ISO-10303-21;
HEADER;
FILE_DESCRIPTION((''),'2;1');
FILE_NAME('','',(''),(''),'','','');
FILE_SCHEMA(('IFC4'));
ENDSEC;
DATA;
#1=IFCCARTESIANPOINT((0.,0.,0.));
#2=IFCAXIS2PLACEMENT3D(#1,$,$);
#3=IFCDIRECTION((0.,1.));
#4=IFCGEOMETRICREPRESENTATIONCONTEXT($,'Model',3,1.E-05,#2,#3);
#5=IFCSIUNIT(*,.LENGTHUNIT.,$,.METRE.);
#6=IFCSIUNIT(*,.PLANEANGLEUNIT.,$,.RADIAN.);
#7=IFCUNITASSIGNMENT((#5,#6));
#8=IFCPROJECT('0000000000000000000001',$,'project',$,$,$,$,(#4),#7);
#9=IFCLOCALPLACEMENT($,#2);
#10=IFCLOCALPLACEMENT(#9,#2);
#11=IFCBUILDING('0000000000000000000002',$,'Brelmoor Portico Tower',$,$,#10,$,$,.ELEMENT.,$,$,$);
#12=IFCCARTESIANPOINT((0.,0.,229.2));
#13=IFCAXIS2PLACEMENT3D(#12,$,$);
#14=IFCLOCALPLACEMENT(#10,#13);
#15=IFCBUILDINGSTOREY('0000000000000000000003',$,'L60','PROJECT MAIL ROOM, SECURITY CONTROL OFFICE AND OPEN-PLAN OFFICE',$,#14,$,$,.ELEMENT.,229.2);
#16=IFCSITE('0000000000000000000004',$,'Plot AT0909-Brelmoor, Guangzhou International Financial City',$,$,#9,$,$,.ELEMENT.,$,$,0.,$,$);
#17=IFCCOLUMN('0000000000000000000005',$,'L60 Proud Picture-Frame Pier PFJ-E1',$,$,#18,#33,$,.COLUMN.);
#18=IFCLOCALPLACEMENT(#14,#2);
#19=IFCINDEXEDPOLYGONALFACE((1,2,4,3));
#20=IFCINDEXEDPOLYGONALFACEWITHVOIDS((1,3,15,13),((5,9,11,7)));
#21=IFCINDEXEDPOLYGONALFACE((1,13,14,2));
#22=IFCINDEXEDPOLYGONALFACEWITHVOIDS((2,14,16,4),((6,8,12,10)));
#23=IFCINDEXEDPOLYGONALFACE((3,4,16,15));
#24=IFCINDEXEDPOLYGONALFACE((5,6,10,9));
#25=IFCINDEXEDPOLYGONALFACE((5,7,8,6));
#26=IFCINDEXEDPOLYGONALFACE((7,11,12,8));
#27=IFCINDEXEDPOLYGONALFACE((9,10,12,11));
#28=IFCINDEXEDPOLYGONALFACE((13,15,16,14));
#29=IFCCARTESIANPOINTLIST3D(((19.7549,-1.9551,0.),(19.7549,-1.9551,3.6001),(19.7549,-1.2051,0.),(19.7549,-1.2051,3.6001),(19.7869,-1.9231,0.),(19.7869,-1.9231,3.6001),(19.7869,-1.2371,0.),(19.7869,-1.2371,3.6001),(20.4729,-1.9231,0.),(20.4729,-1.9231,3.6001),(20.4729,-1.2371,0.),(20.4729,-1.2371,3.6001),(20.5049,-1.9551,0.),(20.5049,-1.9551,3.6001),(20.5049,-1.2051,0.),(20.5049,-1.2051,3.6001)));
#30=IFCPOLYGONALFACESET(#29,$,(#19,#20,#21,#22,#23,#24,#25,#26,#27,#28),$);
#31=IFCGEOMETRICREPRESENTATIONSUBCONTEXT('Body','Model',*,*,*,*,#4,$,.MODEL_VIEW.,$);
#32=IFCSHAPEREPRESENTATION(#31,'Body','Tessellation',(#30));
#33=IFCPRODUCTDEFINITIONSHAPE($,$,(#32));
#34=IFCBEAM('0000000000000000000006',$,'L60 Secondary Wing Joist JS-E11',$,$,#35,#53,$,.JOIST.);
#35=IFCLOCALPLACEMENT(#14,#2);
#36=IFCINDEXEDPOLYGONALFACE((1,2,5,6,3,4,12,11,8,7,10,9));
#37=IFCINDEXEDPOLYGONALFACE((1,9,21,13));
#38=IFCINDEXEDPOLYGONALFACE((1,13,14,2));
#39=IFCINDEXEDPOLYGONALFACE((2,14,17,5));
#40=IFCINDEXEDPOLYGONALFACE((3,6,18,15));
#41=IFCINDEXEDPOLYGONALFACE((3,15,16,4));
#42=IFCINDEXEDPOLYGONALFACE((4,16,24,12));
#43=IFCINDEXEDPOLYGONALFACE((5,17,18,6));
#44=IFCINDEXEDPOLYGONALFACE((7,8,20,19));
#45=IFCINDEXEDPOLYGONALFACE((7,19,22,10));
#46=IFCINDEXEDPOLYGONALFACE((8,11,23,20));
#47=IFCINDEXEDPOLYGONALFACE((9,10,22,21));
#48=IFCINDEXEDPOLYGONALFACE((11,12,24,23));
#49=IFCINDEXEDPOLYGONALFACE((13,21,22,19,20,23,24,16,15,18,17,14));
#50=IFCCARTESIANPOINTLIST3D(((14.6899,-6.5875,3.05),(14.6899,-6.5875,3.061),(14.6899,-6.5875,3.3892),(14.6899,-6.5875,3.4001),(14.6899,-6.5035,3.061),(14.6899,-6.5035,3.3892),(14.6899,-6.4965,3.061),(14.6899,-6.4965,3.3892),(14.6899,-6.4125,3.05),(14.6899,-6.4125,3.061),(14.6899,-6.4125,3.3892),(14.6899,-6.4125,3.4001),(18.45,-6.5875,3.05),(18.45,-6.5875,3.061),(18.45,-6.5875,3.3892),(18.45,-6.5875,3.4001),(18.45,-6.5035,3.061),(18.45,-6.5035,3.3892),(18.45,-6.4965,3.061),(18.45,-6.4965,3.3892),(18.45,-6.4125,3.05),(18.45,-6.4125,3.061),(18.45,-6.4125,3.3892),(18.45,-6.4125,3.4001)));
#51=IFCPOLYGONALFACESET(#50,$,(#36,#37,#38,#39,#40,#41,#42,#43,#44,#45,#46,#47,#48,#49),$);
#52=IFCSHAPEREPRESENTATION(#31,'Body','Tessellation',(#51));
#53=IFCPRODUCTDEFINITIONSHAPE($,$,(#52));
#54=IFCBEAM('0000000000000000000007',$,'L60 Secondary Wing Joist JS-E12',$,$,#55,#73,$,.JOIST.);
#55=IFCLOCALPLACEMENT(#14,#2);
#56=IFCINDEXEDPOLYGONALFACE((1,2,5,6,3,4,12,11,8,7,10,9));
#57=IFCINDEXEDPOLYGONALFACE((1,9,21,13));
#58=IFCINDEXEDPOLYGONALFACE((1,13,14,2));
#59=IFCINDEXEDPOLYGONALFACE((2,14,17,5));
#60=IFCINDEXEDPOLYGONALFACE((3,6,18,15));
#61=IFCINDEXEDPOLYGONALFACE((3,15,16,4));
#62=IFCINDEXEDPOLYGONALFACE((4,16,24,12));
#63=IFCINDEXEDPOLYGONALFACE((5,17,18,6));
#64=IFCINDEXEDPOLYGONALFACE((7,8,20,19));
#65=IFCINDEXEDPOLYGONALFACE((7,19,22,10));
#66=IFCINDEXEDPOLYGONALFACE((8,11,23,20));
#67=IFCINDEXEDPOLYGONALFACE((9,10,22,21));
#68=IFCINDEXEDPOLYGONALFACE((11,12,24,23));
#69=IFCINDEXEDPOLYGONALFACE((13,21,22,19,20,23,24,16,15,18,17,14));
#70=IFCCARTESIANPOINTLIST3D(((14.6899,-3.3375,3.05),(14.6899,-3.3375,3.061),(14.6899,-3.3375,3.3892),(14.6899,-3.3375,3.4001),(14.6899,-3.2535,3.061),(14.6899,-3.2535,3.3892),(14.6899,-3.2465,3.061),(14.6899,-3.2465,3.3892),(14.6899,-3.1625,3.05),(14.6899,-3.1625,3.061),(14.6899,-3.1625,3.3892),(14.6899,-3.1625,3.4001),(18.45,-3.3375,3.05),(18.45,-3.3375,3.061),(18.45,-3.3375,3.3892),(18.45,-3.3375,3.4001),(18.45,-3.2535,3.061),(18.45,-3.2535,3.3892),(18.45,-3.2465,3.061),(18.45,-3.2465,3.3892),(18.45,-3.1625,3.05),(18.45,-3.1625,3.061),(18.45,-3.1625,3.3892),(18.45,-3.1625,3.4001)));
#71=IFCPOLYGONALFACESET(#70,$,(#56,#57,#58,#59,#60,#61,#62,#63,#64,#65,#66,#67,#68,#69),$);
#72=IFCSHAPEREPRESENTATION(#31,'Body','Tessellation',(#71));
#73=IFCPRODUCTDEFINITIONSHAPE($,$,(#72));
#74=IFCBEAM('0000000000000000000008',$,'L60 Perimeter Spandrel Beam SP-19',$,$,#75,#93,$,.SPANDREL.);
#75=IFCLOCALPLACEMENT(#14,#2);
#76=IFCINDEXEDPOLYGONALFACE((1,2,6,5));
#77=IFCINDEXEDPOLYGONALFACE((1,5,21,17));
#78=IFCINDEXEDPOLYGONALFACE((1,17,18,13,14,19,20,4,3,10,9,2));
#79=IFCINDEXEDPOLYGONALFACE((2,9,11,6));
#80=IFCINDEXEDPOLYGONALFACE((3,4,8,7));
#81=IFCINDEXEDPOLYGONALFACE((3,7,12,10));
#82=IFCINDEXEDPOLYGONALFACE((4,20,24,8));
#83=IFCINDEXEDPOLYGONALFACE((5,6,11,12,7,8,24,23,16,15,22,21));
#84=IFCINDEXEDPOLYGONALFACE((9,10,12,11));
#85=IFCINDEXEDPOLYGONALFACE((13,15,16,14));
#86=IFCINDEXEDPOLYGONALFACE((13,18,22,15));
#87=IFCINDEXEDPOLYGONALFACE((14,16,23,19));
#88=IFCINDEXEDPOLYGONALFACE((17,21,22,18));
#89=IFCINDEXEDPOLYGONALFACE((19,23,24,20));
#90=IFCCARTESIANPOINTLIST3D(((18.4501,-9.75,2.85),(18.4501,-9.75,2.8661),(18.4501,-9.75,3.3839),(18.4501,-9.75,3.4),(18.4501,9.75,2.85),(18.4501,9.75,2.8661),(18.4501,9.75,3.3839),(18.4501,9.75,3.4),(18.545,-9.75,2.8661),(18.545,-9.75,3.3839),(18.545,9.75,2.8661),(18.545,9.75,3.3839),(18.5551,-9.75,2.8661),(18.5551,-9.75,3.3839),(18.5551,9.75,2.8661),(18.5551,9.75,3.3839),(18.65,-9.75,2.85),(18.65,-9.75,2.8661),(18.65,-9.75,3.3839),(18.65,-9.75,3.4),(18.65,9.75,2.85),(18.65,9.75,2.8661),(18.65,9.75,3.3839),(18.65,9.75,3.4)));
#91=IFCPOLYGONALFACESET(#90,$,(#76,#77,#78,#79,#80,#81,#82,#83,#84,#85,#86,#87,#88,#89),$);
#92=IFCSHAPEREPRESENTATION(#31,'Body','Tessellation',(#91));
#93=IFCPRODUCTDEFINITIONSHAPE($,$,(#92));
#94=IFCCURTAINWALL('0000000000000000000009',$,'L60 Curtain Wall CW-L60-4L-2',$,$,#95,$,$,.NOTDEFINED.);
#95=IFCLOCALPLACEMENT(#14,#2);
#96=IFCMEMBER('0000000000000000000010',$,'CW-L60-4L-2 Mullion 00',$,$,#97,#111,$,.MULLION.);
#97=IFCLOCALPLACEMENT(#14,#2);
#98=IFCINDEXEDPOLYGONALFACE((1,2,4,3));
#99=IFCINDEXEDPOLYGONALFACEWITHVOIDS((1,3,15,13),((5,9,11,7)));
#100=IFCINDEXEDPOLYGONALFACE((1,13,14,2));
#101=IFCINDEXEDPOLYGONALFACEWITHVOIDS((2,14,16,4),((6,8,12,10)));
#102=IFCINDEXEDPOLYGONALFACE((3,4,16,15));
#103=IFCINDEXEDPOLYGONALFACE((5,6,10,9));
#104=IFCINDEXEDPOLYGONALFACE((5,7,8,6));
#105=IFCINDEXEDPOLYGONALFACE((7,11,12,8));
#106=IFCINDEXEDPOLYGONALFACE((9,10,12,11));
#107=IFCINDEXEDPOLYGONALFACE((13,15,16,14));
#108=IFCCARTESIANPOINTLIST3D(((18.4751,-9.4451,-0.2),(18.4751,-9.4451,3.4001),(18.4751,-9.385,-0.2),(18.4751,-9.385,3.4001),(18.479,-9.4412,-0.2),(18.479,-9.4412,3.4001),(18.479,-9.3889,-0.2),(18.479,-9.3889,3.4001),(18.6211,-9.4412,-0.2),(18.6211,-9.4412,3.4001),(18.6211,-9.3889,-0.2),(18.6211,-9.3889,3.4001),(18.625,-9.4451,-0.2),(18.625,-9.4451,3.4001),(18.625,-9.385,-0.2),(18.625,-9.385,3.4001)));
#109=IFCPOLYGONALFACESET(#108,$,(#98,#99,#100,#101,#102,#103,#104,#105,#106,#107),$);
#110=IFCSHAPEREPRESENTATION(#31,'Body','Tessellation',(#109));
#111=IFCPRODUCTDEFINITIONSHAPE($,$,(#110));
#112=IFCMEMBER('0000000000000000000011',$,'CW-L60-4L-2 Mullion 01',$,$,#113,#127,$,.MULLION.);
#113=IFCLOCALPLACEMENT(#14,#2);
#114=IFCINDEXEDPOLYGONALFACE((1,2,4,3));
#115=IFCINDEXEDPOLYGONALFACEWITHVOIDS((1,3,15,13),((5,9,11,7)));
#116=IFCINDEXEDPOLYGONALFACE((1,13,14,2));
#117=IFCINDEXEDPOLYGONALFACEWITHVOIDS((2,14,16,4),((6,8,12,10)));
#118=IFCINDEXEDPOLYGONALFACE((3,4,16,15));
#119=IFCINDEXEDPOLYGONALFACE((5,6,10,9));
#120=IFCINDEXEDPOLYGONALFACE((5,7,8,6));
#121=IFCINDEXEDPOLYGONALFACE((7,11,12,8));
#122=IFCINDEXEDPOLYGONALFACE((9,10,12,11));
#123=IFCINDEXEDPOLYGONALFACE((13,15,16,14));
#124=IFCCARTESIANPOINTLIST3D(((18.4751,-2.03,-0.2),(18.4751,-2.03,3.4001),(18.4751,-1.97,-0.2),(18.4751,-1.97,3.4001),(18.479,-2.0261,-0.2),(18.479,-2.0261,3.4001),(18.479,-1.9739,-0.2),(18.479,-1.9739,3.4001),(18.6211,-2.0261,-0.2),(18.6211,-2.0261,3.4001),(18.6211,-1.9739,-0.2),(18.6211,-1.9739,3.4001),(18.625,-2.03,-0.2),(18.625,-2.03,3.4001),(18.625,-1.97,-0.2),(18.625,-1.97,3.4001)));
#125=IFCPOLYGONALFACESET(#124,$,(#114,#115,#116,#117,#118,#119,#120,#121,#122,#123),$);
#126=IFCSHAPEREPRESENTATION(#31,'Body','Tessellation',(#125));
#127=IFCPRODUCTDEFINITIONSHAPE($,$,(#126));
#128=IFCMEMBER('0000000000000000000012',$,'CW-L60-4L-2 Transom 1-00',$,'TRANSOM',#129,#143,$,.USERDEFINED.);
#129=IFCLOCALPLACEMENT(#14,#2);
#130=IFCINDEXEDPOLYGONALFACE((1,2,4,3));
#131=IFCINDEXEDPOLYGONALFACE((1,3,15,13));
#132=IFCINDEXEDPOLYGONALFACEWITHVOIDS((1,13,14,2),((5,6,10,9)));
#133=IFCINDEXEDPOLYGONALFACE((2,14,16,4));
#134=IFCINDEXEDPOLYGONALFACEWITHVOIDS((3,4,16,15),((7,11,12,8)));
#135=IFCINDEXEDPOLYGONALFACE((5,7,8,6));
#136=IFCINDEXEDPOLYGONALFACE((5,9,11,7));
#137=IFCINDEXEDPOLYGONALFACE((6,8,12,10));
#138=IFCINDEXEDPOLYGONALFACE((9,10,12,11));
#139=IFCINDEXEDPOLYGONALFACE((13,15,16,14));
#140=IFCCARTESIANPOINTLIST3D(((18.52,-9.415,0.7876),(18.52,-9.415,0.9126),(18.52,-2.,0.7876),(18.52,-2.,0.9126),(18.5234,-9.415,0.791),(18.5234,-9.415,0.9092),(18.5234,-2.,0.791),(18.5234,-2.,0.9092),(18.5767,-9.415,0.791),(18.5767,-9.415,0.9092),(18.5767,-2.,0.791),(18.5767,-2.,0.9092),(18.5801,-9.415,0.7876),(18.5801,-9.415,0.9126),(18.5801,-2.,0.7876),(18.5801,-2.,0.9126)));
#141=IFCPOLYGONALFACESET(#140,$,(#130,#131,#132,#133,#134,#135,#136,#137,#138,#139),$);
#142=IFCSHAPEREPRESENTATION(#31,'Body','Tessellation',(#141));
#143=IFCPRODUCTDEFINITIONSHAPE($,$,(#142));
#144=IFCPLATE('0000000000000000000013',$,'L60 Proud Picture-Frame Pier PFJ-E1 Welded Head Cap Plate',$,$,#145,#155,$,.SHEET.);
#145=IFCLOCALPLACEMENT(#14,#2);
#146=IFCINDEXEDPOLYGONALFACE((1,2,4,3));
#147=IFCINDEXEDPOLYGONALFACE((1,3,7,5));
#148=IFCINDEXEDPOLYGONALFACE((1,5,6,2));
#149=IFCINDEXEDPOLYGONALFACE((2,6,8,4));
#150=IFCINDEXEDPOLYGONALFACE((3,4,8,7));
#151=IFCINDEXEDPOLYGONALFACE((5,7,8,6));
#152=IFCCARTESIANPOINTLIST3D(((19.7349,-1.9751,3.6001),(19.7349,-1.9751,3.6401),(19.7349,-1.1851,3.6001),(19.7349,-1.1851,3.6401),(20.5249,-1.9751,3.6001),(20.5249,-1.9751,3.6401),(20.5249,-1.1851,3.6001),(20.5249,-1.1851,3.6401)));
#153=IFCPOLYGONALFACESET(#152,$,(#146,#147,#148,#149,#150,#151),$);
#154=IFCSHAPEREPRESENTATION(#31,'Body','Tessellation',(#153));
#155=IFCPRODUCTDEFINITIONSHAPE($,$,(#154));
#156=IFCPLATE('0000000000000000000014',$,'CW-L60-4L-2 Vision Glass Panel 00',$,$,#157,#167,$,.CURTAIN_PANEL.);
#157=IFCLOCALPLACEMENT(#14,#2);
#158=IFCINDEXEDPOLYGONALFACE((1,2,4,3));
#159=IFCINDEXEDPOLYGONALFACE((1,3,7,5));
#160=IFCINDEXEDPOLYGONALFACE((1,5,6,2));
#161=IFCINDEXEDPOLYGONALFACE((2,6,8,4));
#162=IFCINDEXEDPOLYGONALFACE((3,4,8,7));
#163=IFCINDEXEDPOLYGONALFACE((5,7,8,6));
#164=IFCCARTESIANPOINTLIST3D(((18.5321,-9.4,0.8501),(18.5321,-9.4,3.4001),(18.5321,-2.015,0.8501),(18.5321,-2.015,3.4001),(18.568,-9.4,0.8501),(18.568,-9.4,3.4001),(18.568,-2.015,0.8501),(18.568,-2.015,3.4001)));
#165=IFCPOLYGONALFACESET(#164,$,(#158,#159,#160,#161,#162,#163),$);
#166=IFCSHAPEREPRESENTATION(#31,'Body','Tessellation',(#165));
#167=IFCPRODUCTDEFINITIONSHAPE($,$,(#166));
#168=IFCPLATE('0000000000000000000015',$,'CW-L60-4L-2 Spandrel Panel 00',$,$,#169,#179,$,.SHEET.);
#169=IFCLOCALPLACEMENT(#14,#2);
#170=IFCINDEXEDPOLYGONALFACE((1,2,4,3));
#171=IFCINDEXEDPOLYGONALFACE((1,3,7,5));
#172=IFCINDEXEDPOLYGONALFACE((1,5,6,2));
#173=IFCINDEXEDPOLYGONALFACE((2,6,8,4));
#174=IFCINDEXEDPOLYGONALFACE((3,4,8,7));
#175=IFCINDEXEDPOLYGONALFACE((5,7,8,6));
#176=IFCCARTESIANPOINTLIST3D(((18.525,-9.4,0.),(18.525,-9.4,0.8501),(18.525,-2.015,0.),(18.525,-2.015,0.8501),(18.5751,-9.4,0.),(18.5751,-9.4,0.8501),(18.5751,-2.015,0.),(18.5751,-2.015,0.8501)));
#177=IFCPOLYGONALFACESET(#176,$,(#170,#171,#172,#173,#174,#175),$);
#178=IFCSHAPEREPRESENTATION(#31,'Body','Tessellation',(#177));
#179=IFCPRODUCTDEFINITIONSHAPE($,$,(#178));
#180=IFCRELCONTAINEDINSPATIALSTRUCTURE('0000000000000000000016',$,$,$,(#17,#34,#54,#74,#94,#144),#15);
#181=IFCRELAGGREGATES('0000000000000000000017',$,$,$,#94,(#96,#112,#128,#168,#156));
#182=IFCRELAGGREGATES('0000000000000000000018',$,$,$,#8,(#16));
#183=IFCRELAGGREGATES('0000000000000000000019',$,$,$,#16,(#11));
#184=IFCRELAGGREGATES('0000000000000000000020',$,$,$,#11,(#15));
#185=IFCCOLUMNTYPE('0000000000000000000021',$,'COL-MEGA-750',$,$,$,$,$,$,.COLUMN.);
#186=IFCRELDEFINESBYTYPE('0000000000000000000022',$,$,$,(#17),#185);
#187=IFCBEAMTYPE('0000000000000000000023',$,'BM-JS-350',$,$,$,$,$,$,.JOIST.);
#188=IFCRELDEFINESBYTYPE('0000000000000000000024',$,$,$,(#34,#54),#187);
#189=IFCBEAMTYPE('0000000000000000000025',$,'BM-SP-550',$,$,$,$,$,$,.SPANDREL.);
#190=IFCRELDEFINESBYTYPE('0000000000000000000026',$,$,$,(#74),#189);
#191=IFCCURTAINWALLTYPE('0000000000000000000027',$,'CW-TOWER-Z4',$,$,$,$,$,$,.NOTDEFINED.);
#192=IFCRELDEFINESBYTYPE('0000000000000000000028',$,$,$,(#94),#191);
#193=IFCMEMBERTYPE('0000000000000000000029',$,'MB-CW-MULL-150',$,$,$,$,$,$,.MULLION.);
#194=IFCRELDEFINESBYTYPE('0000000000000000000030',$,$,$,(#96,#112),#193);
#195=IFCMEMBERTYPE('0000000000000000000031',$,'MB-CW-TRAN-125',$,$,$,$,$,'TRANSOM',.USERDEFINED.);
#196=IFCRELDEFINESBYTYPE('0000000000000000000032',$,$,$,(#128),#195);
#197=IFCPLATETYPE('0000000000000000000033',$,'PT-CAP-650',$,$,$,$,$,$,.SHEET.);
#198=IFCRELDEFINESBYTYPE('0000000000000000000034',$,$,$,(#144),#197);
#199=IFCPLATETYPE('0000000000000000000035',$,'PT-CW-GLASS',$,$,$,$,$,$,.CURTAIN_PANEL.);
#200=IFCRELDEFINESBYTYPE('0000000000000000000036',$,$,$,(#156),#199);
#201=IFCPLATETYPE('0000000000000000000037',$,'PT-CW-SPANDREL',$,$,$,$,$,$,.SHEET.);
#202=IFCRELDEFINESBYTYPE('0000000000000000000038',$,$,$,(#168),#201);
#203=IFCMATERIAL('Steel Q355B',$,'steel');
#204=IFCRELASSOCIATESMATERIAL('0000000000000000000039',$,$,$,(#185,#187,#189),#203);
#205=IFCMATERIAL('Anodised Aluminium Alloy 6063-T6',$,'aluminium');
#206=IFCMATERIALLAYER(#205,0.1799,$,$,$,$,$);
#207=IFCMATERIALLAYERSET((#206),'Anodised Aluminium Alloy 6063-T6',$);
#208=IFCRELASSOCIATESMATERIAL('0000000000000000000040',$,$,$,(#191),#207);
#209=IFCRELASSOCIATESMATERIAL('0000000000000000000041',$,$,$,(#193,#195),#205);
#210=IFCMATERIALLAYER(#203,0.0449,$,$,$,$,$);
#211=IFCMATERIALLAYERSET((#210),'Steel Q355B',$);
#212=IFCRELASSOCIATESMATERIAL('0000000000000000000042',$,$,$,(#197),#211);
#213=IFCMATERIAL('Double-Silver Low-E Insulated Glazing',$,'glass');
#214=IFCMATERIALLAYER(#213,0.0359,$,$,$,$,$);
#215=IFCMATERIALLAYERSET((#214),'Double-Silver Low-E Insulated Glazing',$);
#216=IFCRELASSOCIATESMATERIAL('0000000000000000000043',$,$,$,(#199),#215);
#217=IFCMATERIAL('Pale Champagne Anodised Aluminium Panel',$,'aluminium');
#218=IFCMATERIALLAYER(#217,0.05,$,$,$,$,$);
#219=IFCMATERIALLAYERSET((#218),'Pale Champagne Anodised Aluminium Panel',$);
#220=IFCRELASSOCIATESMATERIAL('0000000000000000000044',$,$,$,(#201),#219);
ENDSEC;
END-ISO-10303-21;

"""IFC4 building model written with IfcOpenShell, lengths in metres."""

from ifc_helpers import new_model, si_unit, direction, frame, origin, origin_2d, place, context, subcontext, project, spatial, rectangle, hollow_rectangle, i_section, extrude, material, layer, layer_set, material_profile, profile_set, type_object, element, aggregate, save


model = new_model("IFC4")

# Units and contexts
model_context = context("Model", 3, precision=1e-05, world=origin(), true_north=direction((0.0, 1.0)))
body_context = subcontext(model_context, "Body", "Model", "MODEL_VIEW")
ifc_project = project(units=[si_unit("LENGTHUNIT", "METRE"), si_unit("PLANEANGLEUNIT", "RADIAN")], contexts=[model_context])

# Site, building, storey
site_placement = place(None, origin())
site = spatial("IfcSite", under=ifc_project, at=site_placement, Name="Plot AT0909-Brelmoor, Guangzhou International Financial City", CompositionType="ELEMENT", RefElevation=0.0)
building_placement = place(site_placement, origin())
building = spatial("IfcBuilding", under=site, at=building_placement, Name="Brelmoor Portico Tower", CompositionType="ELEMENT")
storey_placement = place(building_placement, frame((0.0, 0.0, 229.2)))
storey = spatial("IfcBuildingStorey", under=building, at=storey_placement, Name="L60", Description="PROJECT MAIL ROOM, SECURITY CONTROL OFFICE AND OPEN-PLAN OFFICE", CompositionType="ELEMENT", Elevation=229.2)

# Column
ifc_material_1 = material(Name="Steel Q355B", Category="steel")
ifc_material_profile_1 = material_profile(ifc_material_1, hollow_rectangle(XDim=0.75, YDim=0.75, WallThickness=0.032, at=origin_2d()), Name="BOX 750x750x32")
ifc_profile_set_1 = profile_set([ifc_material_profile_1], Name="Steel Q355B")
column_type = type_object("IfcColumnType", Name="COL-MEGA-750", PredefinedType="COLUMN", material=ifc_profile_set_1)
column_placement = place(storey_placement, frame((20.1299, -1.5801, 0.0), z_axis=(0.0, 0.0, 1.0), x_axis=(0.0, 1.0, 0.0)))
element("IfcColumn", 1, at=column_placement, inside=storey, type_object=column_type, Name="L60 Proud Picture-Frame Pier PFJ-E1", PredefinedType="COLUMN", context=body_context, shape_type="SweptSolid", body=[
    extrude(hollow_rectangle(XDim=0.75, YDim=0.75, WallThickness=0.032, at=origin_2d()), origin(), (0.0, 0.0, 1.0), 3.6001),
])

# Beams
ifc_material_profile_2 = material_profile(ifc_material_1, i_section(OverallWidth=0.175, OverallDepth=0.3501, WebThickness=0.0071, FlangeThickness=0.011, at=origin_2d()), Name="HN 350x175x7x11")
ifc_profile_set_2 = profile_set([ifc_material_profile_2], Name="Steel Q355B")
beam_type_1 = type_object("IfcBeamType", Name="BM-JS-350", PredefinedType="JOIST", material=ifc_profile_set_2)
for number, where, z_axis, x_axis, name in (
    (2, (14.6899, -6.5, 3.2251), (1.0, 0.0, 0.0), (0.0, 1.0, 0.0), "L60 Secondary Wing Joist JS-E11"),
    (3, (14.6899, -3.25, 3.2251), (1.0, 0.0, 0.0), (0.0, 1.0, 0.0), "L60 Secondary Wing Joist JS-E12"),
):
    element("IfcBeam", number, at=place(storey_placement, frame(where, z_axis=z_axis, x_axis=x_axis)), inside=storey, type_object=beam_type_1, Name=name, PredefinedType="JOIST", context=body_context, shape_type="SweptSolid", body=[
        extrude(i_section(OverallWidth=0.175, OverallDepth=0.3501, WebThickness=0.0071, FlangeThickness=0.011, at=origin_2d()), origin(), (0.0, 0.0, 1.0), 3.76),
    ])
ifc_material_profile_3 = material_profile(ifc_material_1, i_section(OverallWidth=0.2, OverallDepth=0.55, WebThickness=0.01, FlangeThickness=0.0161, at=origin_2d()), Name="HN 550x200x10x16")
ifc_profile_set_3 = profile_set([ifc_material_profile_3], Name="Steel Q355B")
beam_type_2 = type_object("IfcBeamType", Name="BM-SP-550", PredefinedType="SPANDREL", material=ifc_profile_set_3)
beam_placement = place(storey_placement, frame((18.55, -9.75, 3.125), z_axis=(0.0, 1.0, 0.0), x_axis=(-1.0, 0.0, 0.0)))
element("IfcBeam", 4, at=beam_placement, inside=storey, type_object=beam_type_2, Name="L60 Perimeter Spandrel Beam SP-19", PredefinedType="SPANDREL", context=body_context, shape_type="SweptSolid", body=[
    extrude(i_section(OverallWidth=0.2, OverallDepth=0.55, WebThickness=0.01, FlangeThickness=0.0161, at=origin_2d()), origin(), (0.0, 0.0, 1.0), 19.5),
])

# Curtain wall, members
ifc_material_2 = material(Name="Anodised Aluminium Alloy 6063-T6", Category="aluminium")
ifc_layer_1 = layer(ifc_material_2, 0.1799)
ifc_layer_set_1 = layer_set([ifc_layer_1], Name="Anodised Aluminium Alloy 6063-T6")
curtain_wall_type = type_object("IfcCurtainWallType", Name="CW-TOWER-Z4", PredefinedType="NOTDEFINED", material=ifc_layer_set_1)
curtain_wall_placement = place(storey_placement, origin())
curtain_wall = element("IfcCurtainWall", 5, at=curtain_wall_placement, inside=storey, type_object=curtain_wall_type, Name="L60 Curtain Wall CW-L60-4L-2", PredefinedType="NOTDEFINED")
ifc_material_profile_4 = material_profile(ifc_material_2, hollow_rectangle(XDim=0.0601, YDim=0.1499, WallThickness=0.0039, at=origin_2d()), Name="ALU MULLION 60x150")
ifc_profile_set_4 = profile_set([ifc_material_profile_4], Name="Anodised Aluminium Alloy 6063-T6")
member_type_1 = type_object("IfcMemberType", Name="MB-CW-MULL-150", PredefinedType="MULLION", material=ifc_profile_set_4)
member_1_placement = place(storey_placement, frame((18.55, -9.415, -0.2), z_axis=(0.0, 0.0, 1.0), x_axis=(0.0, 1.0, 0.0)))
member_1 = element("IfcMember", 6, at=member_1_placement, type_object=member_type_1, Name="CW-L60-4L-2 Mullion 00", PredefinedType="MULLION", context=body_context, shape_type="SweptSolid", body=[
    extrude(hollow_rectangle(XDim=0.0601, YDim=0.1499, WallThickness=0.0039, at=origin_2d()), origin(), (0.0, 0.0, 1.0), 3.6001),
])
member_2_placement = place(storey_placement, frame((18.55, -2.0, -0.2), z_axis=(0.0, 0.0, 1.0), x_axis=(0.0, 1.0, 0.0)))
member_2 = element("IfcMember", 7, at=member_2_placement, type_object=member_type_1, Name="CW-L60-4L-2 Mullion 01", PredefinedType="MULLION", context=body_context, shape_type="SweptSolid", body=[
    extrude(hollow_rectangle(XDim=0.0601, YDim=0.1499, WallThickness=0.0039, at=origin_2d()), origin(), (0.0, 0.0, 1.0), 3.6001),
])
ifc_material_profile_5 = material_profile(ifc_material_2, hollow_rectangle(XDim=0.0601, YDim=0.125, WallThickness=0.0034, at=origin_2d()), Name="ALU TRANSOM 60x125")
ifc_profile_set_5 = profile_set([ifc_material_profile_5], Name="Anodised Aluminium Alloy 6063-T6")
member_type_2 = type_object("IfcMemberType", Name="MB-CW-TRAN-125", ElementType="TRANSOM", PredefinedType="USERDEFINED", material=ifc_profile_set_5)
member_3_placement = place(storey_placement, frame((18.55, -9.415, 0.8501), z_axis=(0.0, 1.0, 0.0), x_axis=(-1.0, 0.0, 0.0)))
member_3 = element("IfcMember", 8, at=member_3_placement, type_object=member_type_2, Name="CW-L60-4L-2 Transom 1-00", ObjectType="TRANSOM", PredefinedType="USERDEFINED", context=body_context, shape_type="SweptSolid", body=[
    extrude(hollow_rectangle(XDim=0.0601, YDim=0.125, WallThickness=0.0034, at=origin_2d()), origin(), (0.0, 0.0, 1.0), 7.415),
])

# Plates
ifc_layer_2 = layer(ifc_material_1, 0.0449)
ifc_layer_set_2 = layer_set([ifc_layer_2], Name="Steel Q355B")
plate_type_1 = type_object("IfcPlateType", Name="PT-CAP-650", PredefinedType="SHEET", material=ifc_layer_set_2)
plate_1_placement = place(storey_placement, frame((20.1299, -1.5801, 3.6001), z_axis=(0.0, 0.0, 1.0), x_axis=(0.0, 1.0, 0.0)))
element("IfcPlate", 9, at=plate_1_placement, inside=storey, type_object=plate_type_1, Name="L60 Proud Picture-Frame Pier PFJ-E1 Welded Head Cap Plate", PredefinedType="SHEET", context=body_context, shape_type="SweptSolid", body=[
    extrude(rectangle(XDim=0.79, YDim=0.79, at=origin_2d()), origin(), (0.0, 0.0, 1.0), 0.04),
])
ifc_material_3 = material(Name="Double-Silver Low-E Insulated Glazing", Category="glass")
ifc_layer_3 = layer(ifc_material_3, 0.0359)
ifc_layer_set_3 = layer_set([ifc_layer_3], Name="Double-Silver Low-E Insulated Glazing")
plate_type_2 = type_object("IfcPlateType", Name="PT-CW-GLASS", PredefinedType="CURTAIN_PANEL", material=ifc_layer_set_3)
plate_2_placement = place(storey_placement, frame((18.55, -5.7075, 0.8501), z_axis=(0.0, 0.0, 1.0), x_axis=(0.0, 1.0, 0.0)))
plate_2 = element("IfcPlate", 10, at=plate_2_placement, type_object=plate_type_2, Name="CW-L60-4L-2 Vision Glass Panel 00", PredefinedType="CURTAIN_PANEL", context=body_context, shape_type="SweptSolid", body=[
    extrude(rectangle(XDim=7.385, YDim=0.0359, at=origin_2d()), origin(), (0.0, 0.0, 1.0), 2.55),
])
ifc_material_4 = material(Name="Pale Champagne Anodised Aluminium Panel", Category="aluminium")
ifc_layer_4 = layer(ifc_material_4, 0.05)
ifc_layer_set_4 = layer_set([ifc_layer_4], Name="Pale Champagne Anodised Aluminium Panel")
plate_type_3 = type_object("IfcPlateType", Name="PT-CW-SPANDREL", PredefinedType="SHEET", material=ifc_layer_set_4)
plate_3_placement = place(storey_placement, frame((18.55, -5.7075, 0.0), z_axis=(0.0, 0.0, 1.0), x_axis=(0.0, 1.0, 0.0)))
plate_3 = element("IfcPlate", 11, at=plate_3_placement, type_object=plate_type_3, Name="CW-L60-4L-2 Spandrel Panel 00", PredefinedType="SHEET", context=body_context, shape_type="SweptSolid", body=[
    extrude(rectangle(XDim=7.385, YDim=0.05, at=origin_2d()), origin(), (0.0, 0.0, 1.0), 0.8501),
])
aggregate(curtain_wall, [member_1, member_2, member_3, plate_3, plate_2])

save(model, "model.ifc")
